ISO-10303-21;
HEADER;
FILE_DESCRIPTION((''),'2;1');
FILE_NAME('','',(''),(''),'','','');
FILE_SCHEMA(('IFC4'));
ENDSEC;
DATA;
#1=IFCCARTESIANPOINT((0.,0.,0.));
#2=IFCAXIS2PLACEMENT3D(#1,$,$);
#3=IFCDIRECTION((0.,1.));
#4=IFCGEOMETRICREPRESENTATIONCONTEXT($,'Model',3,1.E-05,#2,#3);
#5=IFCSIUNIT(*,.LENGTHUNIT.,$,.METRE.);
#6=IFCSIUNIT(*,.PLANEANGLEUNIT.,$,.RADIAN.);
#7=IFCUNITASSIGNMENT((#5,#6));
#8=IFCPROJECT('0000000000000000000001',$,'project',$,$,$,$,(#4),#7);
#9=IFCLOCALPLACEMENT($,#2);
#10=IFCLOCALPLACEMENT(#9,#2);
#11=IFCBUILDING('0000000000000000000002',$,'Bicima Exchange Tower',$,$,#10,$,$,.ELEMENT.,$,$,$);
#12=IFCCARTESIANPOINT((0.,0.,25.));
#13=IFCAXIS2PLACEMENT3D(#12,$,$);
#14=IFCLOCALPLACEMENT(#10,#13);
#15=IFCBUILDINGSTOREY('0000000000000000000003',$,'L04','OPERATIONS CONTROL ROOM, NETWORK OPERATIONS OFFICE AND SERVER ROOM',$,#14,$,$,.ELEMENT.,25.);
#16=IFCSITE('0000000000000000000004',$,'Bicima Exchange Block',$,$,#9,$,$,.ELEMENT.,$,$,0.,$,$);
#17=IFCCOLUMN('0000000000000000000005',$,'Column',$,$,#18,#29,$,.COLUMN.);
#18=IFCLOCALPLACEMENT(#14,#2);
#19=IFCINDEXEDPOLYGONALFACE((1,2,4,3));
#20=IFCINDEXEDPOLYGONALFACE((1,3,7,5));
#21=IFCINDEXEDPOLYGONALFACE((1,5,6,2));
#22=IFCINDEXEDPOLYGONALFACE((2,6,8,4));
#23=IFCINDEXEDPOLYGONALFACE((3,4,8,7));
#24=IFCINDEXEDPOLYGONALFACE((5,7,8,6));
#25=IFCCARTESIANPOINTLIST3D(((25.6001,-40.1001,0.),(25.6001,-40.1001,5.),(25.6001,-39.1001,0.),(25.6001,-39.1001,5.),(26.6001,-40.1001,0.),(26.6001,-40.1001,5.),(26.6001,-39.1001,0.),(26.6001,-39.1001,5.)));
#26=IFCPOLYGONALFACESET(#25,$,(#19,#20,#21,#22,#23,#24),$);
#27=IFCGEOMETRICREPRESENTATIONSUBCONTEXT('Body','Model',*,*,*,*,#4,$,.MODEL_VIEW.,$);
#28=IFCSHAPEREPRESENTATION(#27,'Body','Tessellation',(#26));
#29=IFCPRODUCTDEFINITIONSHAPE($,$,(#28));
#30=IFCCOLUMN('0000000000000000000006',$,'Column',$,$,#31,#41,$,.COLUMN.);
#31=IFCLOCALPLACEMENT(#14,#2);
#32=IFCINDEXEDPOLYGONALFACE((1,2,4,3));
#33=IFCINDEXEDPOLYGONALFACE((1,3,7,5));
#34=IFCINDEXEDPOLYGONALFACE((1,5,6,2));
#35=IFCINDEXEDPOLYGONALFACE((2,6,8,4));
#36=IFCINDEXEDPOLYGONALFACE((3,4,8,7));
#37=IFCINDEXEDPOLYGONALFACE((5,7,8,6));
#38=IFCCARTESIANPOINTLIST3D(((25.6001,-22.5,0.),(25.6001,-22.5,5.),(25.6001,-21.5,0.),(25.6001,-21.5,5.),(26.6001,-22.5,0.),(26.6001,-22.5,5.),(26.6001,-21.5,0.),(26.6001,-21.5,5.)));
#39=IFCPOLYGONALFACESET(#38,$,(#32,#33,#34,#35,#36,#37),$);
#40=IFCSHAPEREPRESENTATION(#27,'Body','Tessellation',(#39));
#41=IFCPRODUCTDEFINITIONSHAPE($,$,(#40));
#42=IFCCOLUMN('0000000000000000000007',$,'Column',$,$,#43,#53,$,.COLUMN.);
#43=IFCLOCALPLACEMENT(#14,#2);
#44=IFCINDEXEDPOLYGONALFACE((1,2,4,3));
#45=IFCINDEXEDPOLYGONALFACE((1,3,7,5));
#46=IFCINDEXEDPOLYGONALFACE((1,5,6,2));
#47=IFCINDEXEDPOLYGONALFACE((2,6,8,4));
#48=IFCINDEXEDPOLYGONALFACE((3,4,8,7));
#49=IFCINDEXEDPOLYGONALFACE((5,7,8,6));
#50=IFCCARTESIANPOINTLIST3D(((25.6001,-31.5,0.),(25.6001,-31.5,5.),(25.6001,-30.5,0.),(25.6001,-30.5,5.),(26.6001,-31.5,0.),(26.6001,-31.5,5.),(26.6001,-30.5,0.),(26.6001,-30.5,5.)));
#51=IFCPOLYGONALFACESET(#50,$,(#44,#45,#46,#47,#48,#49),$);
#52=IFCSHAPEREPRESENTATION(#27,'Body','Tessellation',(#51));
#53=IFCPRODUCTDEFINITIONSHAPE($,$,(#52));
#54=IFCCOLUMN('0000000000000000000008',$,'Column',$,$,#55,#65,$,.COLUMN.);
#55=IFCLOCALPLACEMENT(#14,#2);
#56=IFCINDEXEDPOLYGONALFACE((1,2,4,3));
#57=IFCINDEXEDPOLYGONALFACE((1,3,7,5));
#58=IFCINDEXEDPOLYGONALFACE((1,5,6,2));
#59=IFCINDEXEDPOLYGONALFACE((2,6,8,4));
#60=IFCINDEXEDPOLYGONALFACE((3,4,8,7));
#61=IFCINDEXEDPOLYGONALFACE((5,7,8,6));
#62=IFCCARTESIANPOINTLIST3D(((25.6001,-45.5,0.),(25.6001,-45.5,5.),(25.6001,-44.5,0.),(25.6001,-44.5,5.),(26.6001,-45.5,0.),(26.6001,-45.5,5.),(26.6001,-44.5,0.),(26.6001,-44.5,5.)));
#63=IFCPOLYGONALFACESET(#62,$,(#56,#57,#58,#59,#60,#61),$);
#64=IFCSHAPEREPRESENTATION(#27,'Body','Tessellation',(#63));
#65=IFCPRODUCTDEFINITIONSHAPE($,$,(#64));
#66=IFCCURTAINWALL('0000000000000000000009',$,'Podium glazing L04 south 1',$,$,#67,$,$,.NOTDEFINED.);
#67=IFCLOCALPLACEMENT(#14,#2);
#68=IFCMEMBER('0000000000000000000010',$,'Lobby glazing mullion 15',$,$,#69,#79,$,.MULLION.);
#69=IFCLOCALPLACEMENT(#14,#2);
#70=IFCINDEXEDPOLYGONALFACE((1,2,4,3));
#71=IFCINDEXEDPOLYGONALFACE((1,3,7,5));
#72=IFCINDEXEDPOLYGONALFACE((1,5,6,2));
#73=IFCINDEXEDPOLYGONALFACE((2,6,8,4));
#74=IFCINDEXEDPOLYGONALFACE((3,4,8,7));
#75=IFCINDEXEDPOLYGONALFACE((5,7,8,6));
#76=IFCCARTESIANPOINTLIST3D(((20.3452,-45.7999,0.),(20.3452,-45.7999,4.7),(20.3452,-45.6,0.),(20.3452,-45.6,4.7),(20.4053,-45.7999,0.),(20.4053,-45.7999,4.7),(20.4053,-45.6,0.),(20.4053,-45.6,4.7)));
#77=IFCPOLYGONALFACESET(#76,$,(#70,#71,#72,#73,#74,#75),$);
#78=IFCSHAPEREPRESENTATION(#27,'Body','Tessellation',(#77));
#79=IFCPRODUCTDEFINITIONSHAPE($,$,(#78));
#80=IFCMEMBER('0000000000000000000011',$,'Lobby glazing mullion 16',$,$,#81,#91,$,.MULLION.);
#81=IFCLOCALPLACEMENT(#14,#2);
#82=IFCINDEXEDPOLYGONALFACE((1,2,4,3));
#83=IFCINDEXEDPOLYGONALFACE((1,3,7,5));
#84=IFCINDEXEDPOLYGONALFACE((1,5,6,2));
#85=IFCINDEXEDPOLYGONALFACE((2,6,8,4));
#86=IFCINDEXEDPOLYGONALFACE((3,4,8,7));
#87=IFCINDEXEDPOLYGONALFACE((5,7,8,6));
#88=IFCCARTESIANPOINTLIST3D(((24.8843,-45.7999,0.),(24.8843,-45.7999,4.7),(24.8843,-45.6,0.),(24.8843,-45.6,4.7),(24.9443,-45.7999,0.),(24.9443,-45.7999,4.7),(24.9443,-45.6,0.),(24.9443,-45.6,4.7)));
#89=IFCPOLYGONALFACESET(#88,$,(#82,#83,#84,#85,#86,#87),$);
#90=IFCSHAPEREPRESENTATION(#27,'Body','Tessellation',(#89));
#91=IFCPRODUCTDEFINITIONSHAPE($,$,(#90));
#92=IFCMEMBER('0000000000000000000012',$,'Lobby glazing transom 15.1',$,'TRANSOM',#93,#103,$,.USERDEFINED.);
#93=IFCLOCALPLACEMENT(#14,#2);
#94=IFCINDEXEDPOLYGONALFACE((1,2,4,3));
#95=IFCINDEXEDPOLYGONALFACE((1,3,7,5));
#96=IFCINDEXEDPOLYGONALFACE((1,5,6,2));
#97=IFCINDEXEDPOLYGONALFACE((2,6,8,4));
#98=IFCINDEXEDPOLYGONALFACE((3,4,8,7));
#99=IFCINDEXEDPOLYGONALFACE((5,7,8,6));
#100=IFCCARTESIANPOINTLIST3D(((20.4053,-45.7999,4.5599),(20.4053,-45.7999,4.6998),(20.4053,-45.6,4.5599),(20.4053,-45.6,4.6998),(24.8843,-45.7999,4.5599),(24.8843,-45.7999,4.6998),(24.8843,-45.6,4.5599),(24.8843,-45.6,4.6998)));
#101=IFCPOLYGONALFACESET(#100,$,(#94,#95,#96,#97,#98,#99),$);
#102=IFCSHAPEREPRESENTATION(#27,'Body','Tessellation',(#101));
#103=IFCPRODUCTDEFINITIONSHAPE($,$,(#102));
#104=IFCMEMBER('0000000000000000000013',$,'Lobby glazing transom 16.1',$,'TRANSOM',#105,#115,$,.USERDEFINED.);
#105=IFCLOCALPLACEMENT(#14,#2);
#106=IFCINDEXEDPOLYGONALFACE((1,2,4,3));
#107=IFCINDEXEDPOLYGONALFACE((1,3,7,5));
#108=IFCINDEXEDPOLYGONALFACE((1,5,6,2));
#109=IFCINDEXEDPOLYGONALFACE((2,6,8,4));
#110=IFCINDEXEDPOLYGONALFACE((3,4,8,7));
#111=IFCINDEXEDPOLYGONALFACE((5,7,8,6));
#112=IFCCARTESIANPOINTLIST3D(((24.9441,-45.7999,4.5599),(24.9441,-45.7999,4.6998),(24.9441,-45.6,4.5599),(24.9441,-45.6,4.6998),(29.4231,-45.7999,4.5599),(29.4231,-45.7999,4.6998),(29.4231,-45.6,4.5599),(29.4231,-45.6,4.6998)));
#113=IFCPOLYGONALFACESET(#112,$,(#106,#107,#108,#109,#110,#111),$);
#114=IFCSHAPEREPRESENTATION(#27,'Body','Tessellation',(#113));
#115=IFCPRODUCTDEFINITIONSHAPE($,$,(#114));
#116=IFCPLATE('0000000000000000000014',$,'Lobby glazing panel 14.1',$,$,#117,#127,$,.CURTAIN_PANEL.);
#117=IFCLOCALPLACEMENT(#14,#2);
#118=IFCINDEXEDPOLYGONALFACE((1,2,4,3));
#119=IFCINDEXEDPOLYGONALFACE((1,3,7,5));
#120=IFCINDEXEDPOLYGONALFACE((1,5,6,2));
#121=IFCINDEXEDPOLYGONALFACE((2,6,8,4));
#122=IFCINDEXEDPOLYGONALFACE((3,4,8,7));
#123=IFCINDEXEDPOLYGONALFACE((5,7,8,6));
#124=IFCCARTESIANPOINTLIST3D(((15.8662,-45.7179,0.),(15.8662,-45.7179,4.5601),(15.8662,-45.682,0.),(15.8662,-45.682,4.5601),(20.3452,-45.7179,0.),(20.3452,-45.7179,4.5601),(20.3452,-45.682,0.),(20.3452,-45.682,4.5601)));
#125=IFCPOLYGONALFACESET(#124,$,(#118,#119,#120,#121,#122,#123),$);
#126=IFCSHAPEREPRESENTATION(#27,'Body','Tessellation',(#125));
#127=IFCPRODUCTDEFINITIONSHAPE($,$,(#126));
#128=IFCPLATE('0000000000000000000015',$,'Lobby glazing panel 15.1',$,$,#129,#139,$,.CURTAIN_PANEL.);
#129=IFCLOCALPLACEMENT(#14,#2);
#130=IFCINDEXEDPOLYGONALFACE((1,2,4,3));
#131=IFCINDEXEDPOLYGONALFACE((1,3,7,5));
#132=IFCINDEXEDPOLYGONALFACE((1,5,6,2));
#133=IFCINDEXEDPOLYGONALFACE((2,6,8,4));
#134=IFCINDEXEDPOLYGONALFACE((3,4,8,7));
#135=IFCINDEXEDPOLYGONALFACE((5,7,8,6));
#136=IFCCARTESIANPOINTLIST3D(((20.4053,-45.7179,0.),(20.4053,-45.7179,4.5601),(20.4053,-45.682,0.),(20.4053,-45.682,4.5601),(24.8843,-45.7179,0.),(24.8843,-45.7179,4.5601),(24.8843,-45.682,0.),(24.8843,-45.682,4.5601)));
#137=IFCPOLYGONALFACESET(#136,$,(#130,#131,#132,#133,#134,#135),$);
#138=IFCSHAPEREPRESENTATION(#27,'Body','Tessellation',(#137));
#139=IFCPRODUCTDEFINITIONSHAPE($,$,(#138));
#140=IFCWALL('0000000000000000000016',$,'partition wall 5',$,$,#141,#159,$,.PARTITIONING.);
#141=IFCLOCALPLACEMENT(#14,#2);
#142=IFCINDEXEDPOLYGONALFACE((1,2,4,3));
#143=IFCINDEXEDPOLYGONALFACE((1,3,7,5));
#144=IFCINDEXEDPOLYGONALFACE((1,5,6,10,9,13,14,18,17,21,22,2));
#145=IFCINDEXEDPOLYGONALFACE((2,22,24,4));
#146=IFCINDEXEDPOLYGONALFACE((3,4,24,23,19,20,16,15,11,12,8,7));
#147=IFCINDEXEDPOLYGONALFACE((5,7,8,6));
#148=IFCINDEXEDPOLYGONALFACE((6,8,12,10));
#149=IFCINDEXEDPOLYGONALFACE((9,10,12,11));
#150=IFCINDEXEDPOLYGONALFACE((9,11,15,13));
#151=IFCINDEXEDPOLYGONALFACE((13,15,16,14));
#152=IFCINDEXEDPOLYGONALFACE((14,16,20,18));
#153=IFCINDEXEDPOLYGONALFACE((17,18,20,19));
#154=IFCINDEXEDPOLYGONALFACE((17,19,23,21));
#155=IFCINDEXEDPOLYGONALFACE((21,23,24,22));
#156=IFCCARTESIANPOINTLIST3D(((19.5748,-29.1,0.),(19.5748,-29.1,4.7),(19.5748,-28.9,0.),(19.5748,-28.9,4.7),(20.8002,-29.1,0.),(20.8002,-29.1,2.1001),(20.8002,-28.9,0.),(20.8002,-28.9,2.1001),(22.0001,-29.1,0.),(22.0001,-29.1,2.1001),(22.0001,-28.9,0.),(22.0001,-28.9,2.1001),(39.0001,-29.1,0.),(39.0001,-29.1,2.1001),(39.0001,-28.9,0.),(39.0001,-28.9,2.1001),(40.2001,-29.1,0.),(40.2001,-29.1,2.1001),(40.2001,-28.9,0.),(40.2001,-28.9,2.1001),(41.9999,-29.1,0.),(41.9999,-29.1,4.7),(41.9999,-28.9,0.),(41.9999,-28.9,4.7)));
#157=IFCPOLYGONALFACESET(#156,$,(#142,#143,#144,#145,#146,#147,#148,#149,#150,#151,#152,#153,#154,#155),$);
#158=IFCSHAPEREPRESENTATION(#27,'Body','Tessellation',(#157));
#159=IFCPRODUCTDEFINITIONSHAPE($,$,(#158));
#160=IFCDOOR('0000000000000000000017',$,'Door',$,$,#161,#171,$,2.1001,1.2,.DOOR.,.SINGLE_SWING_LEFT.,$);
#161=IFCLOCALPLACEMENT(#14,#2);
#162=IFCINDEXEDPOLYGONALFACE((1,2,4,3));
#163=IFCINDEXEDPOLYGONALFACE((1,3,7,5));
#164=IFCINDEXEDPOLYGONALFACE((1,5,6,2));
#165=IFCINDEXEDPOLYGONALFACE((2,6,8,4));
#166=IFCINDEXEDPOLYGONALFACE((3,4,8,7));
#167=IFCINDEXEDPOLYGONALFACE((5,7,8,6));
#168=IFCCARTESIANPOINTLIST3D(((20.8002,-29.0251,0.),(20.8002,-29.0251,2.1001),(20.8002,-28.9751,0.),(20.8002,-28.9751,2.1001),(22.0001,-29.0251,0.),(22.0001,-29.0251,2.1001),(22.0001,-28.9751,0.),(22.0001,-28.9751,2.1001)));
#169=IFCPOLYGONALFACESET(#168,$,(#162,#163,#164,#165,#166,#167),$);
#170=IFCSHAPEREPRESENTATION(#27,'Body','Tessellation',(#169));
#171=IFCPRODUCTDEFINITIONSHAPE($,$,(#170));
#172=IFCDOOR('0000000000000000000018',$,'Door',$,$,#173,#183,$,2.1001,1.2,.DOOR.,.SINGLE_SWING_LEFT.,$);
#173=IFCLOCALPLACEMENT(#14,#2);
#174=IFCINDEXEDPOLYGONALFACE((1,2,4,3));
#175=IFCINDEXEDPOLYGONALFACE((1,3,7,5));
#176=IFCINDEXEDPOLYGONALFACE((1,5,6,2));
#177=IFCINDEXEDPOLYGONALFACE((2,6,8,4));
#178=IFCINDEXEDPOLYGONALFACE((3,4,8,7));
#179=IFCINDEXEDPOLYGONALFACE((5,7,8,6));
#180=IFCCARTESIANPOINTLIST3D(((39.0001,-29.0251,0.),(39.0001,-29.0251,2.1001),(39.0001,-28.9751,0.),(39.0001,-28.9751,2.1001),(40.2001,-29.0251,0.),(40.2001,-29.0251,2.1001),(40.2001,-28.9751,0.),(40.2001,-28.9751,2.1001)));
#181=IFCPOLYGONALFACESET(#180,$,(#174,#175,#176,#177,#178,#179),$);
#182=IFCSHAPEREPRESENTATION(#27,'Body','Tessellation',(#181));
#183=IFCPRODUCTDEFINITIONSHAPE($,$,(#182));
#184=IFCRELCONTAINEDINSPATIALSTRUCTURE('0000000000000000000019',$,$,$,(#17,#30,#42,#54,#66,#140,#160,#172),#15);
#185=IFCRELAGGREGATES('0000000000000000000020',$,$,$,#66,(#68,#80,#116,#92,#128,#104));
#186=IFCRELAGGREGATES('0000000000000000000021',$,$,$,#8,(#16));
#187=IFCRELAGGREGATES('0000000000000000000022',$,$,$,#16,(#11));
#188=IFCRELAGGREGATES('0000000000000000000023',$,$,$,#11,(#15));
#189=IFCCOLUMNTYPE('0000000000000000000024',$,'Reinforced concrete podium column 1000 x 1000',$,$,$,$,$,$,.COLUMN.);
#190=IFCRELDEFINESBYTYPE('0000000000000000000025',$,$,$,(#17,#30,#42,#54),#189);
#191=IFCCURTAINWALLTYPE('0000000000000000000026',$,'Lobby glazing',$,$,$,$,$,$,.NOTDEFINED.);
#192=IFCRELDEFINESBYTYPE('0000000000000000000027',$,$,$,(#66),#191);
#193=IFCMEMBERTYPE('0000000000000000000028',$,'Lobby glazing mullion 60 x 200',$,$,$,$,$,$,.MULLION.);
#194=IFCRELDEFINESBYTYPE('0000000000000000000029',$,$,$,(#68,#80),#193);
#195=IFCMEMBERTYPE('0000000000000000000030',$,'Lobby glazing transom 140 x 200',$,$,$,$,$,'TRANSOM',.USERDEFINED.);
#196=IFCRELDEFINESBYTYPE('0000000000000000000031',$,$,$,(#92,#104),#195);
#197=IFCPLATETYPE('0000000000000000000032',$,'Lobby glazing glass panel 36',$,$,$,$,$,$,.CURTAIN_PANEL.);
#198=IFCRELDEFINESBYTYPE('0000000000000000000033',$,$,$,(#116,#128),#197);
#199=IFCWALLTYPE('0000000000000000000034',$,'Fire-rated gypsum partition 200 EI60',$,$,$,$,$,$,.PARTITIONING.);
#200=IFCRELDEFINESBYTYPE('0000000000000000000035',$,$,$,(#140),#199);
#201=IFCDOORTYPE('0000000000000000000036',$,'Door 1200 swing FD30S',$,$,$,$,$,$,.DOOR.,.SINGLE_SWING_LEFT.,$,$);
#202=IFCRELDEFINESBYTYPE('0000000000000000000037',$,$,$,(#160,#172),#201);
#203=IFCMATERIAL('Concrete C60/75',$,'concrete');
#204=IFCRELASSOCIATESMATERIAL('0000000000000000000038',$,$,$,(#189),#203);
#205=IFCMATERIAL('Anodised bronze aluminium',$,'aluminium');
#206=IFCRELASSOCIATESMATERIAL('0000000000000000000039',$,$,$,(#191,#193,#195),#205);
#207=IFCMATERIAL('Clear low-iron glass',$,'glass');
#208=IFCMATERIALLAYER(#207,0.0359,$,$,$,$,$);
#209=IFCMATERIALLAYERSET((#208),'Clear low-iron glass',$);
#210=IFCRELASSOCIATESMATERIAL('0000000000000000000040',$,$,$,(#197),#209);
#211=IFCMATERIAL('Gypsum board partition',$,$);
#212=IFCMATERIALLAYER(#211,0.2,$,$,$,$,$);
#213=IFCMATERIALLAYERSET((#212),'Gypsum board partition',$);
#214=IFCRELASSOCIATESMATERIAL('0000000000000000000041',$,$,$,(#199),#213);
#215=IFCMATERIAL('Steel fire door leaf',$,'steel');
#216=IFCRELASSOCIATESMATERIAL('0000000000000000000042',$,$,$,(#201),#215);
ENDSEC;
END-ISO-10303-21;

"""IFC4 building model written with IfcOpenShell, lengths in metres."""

from ifc_helpers import new_model, si_unit, direction, frame, frame_2d, origin, origin_2d, place, context, subcontext, project, spatial, rectangle, extrude, material, layer, layer_set, material_profile, profile_set, type_object, element, fill, aggregate, save


model = new_model("IFC4")

# Units and contexts
model_context = context("Model", 3, precision=1e-05, world=origin(), true_north=direction((0.0, 1.0)))
body_context = subcontext(model_context, "Body", "Model", "MODEL_VIEW")
ifc_project = project(units=[si_unit("LENGTHUNIT", "METRE"), si_unit("PLANEANGLEUNIT", "RADIAN")], contexts=[model_context])

# Site, building, storey
site_placement = place(None, origin())
site = spatial("IfcSite", under=ifc_project, at=site_placement, Name="Bicima Exchange Block", CompositionType="ELEMENT", RefElevation=0.0)
building_placement = place(site_placement, origin())
building = spatial("IfcBuilding", under=site, at=building_placement, Name="Bicima Exchange Tower", CompositionType="ELEMENT")
storey_placement = place(building_placement, frame((0.0, 0.0, 25.0)))
storey = spatial("IfcBuildingStorey", under=building, at=storey_placement, Name="L04", Description="OPERATIONS CONTROL ROOM, NETWORK OPERATIONS OFFICE AND SERVER ROOM", CompositionType="ELEMENT", Elevation=25.0)

# Columns
ifc_material_1 = material(Name="Concrete C60/75", Category="concrete")
ifc_material_profile_1 = material_profile(ifc_material_1, rectangle(XDim=1.0, YDim=1.0, at=origin_2d()))
ifc_profile_set_1 = profile_set([ifc_material_profile_1], Name="Concrete C60/75")
column_type = type_object("IfcColumnType", Name="Reinforced concrete podium column 1000 x 1000", PredefinedType="COLUMN", material=ifc_profile_set_1)
for number, where, z_axis, x_axis, name in (
    (1, (26.1001, -39.6001, 0.0), (0.0, 0.0, 1.0), (1.0, 0.0, 0.0), "Column"),
    (2, (26.1001, -22.0, 0.0), (0.0, 0.0, 1.0), (1.0, 0.0, 0.0), "Column"),
    (3, (26.1001, -31.0, 0.0), (0.0, 0.0, 1.0), (1.0, 0.0, 0.0), "Column"),
    (4, (26.1001, -45.0, 0.0), (0.0, 0.0, 1.0), (1.0, 0.0, 0.0), "Column"),
):
    element("IfcColumn", number, at=place(storey_placement, frame(where, z_axis=z_axis, x_axis=x_axis)), inside=storey, type_object=column_type, Name=name, PredefinedType="COLUMN", context=body_context, shape_type="SweptSolid", body=[
        extrude(rectangle(XDim=1.0, YDim=1.0, at=origin_2d()), origin(), (0.0, 0.0, 1.0), 5.0),
    ])

# Curtain wall, members, plates
ifc_material_2 = material(Name="Anodised bronze aluminium", Category="aluminium")
curtain_wall_type = type_object("IfcCurtainWallType", Name="Lobby glazing", PredefinedType="NOTDEFINED", material=ifc_material_2)
curtain_wall_placement = place(storey_placement, origin())
curtain_wall = element("IfcCurtainWall", 5, at=curtain_wall_placement, inside=storey, type_object=curtain_wall_type, Name="Podium glazing L04 south 1", PredefinedType="NOTDEFINED")
ifc_material_profile_2 = material_profile(ifc_material_2, rectangle(XDim=0.2, YDim=0.0601, at=origin_2d()))
ifc_profile_set_2 = profile_set([ifc_material_profile_2], Name="Anodised bronze aluminium")
member_type_1 = type_object("IfcMemberType", Name="Lobby glazing mullion 60 x 200", PredefinedType="MULLION", material=ifc_profile_set_2)
member_1_placement = place(storey_placement, frame((20.3752, -45.7, 0.0), z_axis=(0.0, 0.0, 1.0), x_axis=(0.0, 1.0, 0.0)))
member_1 = element("IfcMember", 6, at=member_1_placement, type_object=member_type_1, Name="Lobby glazing mullion 15", PredefinedType="MULLION", context=body_context, shape_type="SweptSolid", body=[
    extrude(rectangle(XDim=0.2, YDim=0.0601, at=origin_2d()), origin(), (0.0, 0.0, 1.0), 4.7),
])
member_2_placement = place(storey_placement, frame((24.9143, -45.7, 0.0), z_axis=(0.0, 0.0, 1.0), x_axis=(0.0, 1.0, 0.0)))
member_2 = element("IfcMember", 7, at=member_2_placement, type_object=member_type_1, Name="Lobby glazing mullion 16", PredefinedType="MULLION", context=body_context, shape_type="SweptSolid", body=[
    extrude(rectangle(XDim=0.2, YDim=0.0601, at=origin_2d()), origin(), (0.0, 0.0, 1.0), 4.7),
])
ifc_material_profile_3 = material_profile(ifc_material_2, rectangle(XDim=0.2, YDim=0.1399, at=origin_2d()))
ifc_profile_set_3 = profile_set([ifc_material_profile_3], Name="Anodised bronze aluminium")
member_type_2 = type_object("IfcMemberType", Name="Lobby glazing transom 140 x 200", ElementType="TRANSOM", PredefinedType="USERDEFINED", material=ifc_profile_set_3)
member_3_placement = place(storey_placement, frame((20.4053, -45.7, 4.6299), z_axis=(1.0, 0.0, 0.0), x_axis=(0.0, 1.0, 0.0)))
member_3 = element("IfcMember", 8, at=member_3_placement, type_object=member_type_2, Name="Lobby glazing transom 15.1", ObjectType="TRANSOM", PredefinedType="USERDEFINED", context=body_context, shape_type="SweptSolid", body=[
    extrude(rectangle(XDim=0.2, YDim=0.1399, at=origin_2d()), origin(), (0.0, 0.0, 1.0), 4.479),
])
member_4_placement = place(storey_placement, frame((24.9441, -45.7, 4.6299), z_axis=(1.0, 0.0, 0.0), x_axis=(0.0, 1.0, 0.0)))
member_4 = element("IfcMember", 9, at=member_4_placement, type_object=member_type_2, Name="Lobby glazing transom 16.1", ObjectType="TRANSOM", PredefinedType="USERDEFINED", context=body_context, shape_type="SweptSolid", body=[
    extrude(rectangle(XDim=0.2, YDim=0.1399, at=origin_2d()), origin(), (0.0, 0.0, 1.0), 4.479),
])
ifc_material_3 = material(Name="Clear low-iron glass", Category="glass")
ifc_layer_1 = layer(ifc_material_3, 0.0359)
ifc_layer_set_1 = layer_set([ifc_layer_1], Name="Clear low-iron glass")
plate_type = type_object("IfcPlateType", Name="Lobby glazing glass panel 36", PredefinedType="CURTAIN_PANEL", material=ifc_layer_set_1)
plate_1_placement = place(storey_placement, frame((18.1057, -45.7, 0.0), z_axis=(0.0, 0.0, 1.0), x_axis=(1.0, 0.0, 0.0)))
plate_1 = element("IfcPlate", 10, at=plate_1_placement, type_object=plate_type, Name="Lobby glazing panel 14.1", PredefinedType="CURTAIN_PANEL", context=body_context, shape_type="SweptSolid", body=[
    extrude(rectangle(XDim=4.479, YDim=0.0359, at=origin_2d()), origin(), (0.0, 0.0, 1.0), 4.5601),
])
plate_2_placement = place(storey_placement, frame((22.6448, -45.7, 0.0), z_axis=(0.0, 0.0, 1.0), x_axis=(1.0, 0.0, 0.0)))
plate_2 = element("IfcPlate", 11, at=plate_2_placement, type_object=plate_type, Name="Lobby glazing panel 15.1", PredefinedType="CURTAIN_PANEL", context=body_context, shape_type="SweptSolid", body=[
    extrude(rectangle(XDim=4.479, YDim=0.0359, at=origin_2d()), origin(), (0.0, 0.0, 1.0), 4.5601),
])
aggregate(curtain_wall, [member_1, member_2, plate_1, member_3, plate_2, member_4])

# Wall, openings, doors
ifc_material_4 = material(Name="Gypsum board partition")
ifc_layer_2 = layer(ifc_material_4, 0.2)
ifc_layer_set_2 = layer_set([ifc_layer_2], Name="Gypsum board partition")
wall_type_1 = type_object("IfcWallType", Name="Fire-rated gypsum partition 200 EI60", PredefinedType="PARTITIONING", material=ifc_layer_set_2)
wall_1_placement = place(storey_placement, frame((19.575, -29.0, 0.0), z_axis=(0.0, 0.0, 1.0), x_axis=(1.0, 0.0, 0.0)))
wall_1 = element("IfcWall", 12, at=wall_1_placement, inside=storey, type_object=wall_type_1, Name="partition wall 5", PredefinedType="PARTITIONING", context=body_context, shape_type="SweptSolid", body=[
    extrude(rectangle(XDim=22.425, YDim=0.2, at=frame_2d((11.2124, 0.0))), origin(), (0.0, 0.0, 1.0), 4.7),
])
opening_1_placement = place(wall_1_placement, frame((1.2251, 0.0, 0.0)))
opening_1 = element("IfcOpeningElement", 13, at=opening_1_placement, cuts=wall_1, PredefinedType="OPENING", context=body_context, shape_type="SweptSolid", body=[
    extrude(rectangle(XDim=1.2, YDim=2.1001, at=frame_2d((0.6001, 1.05))), frame((0.0, 0.1118, 0.0), z_axis=(0.0, -1.0, 0.0), x_axis=(1.0, 0.0, 0.0)), (0.0, 0.0, 1.0), 0.2239),
])
opening_2_placement = place(wall_1_placement, frame((19.425, 0.0, 0.0)))
opening_2 = element("IfcOpeningElement", 14, at=opening_2_placement, cuts=wall_1, PredefinedType="OPENING", context=body_context, shape_type="SweptSolid", body=[
    extrude(rectangle(XDim=1.2, YDim=2.1001, at=frame_2d((0.6001, 1.05))), frame((0.0, 0.1118, 0.0), z_axis=(0.0, -1.0, 0.0), x_axis=(1.0, 0.0, 0.0)), (0.0, 0.0, 1.0), 0.2239),
])
ifc_material_5 = material(Name="Steel fire door leaf", Category="steel")
door_type_1 = type_object("IfcDoorType", Name="Door 1200 swing FD30S", OperationType="SINGLE_SWING_LEFT", PredefinedType="DOOR", material=ifc_material_5)
door_1_placement = place(opening_1_placement, origin())
door_1 = element("IfcDoor", 15, at=door_1_placement, inside=storey, type_object=door_type_1, Name="Door", OperationType="SINGLE_SWING_LEFT", OverallHeight=2.1001, OverallWidth=1.2, PredefinedType="DOOR", context=body_context, shape_type="SweptSolid", body=[
    extrude(rectangle(XDim=1.2, YDim=2.1001, at=frame_2d((0.6001, 1.05))), frame((0.0, 0.0249, 0.0), z_axis=(0.0, -1.0, 0.0), x_axis=(1.0, 0.0, 0.0)), (0.0, 0.0, 1.0), 0.05),
])
fill(opening_1, door_1)
door_2_placement = place(opening_2_placement, origin())
door_2 = element("IfcDoor", 16, at=door_2_placement, inside=storey, type_object=door_type_1, Name="Door", OperationType="SINGLE_SWING_LEFT", OverallHeight=2.1001, OverallWidth=1.2, PredefinedType="DOOR", context=body_context, shape_type="SweptSolid", body=[
    extrude(rectangle(XDim=1.2, YDim=2.1001, at=frame_2d((0.6001, 1.05))), frame((0.0, 0.0249, 0.0), z_axis=(0.0, -1.0, 0.0), x_axis=(1.0, 0.0, 0.0)), (0.0, 0.0, 1.0), 0.05),
])
fill(opening_2, door_2)

save(model, "model.ifc")
